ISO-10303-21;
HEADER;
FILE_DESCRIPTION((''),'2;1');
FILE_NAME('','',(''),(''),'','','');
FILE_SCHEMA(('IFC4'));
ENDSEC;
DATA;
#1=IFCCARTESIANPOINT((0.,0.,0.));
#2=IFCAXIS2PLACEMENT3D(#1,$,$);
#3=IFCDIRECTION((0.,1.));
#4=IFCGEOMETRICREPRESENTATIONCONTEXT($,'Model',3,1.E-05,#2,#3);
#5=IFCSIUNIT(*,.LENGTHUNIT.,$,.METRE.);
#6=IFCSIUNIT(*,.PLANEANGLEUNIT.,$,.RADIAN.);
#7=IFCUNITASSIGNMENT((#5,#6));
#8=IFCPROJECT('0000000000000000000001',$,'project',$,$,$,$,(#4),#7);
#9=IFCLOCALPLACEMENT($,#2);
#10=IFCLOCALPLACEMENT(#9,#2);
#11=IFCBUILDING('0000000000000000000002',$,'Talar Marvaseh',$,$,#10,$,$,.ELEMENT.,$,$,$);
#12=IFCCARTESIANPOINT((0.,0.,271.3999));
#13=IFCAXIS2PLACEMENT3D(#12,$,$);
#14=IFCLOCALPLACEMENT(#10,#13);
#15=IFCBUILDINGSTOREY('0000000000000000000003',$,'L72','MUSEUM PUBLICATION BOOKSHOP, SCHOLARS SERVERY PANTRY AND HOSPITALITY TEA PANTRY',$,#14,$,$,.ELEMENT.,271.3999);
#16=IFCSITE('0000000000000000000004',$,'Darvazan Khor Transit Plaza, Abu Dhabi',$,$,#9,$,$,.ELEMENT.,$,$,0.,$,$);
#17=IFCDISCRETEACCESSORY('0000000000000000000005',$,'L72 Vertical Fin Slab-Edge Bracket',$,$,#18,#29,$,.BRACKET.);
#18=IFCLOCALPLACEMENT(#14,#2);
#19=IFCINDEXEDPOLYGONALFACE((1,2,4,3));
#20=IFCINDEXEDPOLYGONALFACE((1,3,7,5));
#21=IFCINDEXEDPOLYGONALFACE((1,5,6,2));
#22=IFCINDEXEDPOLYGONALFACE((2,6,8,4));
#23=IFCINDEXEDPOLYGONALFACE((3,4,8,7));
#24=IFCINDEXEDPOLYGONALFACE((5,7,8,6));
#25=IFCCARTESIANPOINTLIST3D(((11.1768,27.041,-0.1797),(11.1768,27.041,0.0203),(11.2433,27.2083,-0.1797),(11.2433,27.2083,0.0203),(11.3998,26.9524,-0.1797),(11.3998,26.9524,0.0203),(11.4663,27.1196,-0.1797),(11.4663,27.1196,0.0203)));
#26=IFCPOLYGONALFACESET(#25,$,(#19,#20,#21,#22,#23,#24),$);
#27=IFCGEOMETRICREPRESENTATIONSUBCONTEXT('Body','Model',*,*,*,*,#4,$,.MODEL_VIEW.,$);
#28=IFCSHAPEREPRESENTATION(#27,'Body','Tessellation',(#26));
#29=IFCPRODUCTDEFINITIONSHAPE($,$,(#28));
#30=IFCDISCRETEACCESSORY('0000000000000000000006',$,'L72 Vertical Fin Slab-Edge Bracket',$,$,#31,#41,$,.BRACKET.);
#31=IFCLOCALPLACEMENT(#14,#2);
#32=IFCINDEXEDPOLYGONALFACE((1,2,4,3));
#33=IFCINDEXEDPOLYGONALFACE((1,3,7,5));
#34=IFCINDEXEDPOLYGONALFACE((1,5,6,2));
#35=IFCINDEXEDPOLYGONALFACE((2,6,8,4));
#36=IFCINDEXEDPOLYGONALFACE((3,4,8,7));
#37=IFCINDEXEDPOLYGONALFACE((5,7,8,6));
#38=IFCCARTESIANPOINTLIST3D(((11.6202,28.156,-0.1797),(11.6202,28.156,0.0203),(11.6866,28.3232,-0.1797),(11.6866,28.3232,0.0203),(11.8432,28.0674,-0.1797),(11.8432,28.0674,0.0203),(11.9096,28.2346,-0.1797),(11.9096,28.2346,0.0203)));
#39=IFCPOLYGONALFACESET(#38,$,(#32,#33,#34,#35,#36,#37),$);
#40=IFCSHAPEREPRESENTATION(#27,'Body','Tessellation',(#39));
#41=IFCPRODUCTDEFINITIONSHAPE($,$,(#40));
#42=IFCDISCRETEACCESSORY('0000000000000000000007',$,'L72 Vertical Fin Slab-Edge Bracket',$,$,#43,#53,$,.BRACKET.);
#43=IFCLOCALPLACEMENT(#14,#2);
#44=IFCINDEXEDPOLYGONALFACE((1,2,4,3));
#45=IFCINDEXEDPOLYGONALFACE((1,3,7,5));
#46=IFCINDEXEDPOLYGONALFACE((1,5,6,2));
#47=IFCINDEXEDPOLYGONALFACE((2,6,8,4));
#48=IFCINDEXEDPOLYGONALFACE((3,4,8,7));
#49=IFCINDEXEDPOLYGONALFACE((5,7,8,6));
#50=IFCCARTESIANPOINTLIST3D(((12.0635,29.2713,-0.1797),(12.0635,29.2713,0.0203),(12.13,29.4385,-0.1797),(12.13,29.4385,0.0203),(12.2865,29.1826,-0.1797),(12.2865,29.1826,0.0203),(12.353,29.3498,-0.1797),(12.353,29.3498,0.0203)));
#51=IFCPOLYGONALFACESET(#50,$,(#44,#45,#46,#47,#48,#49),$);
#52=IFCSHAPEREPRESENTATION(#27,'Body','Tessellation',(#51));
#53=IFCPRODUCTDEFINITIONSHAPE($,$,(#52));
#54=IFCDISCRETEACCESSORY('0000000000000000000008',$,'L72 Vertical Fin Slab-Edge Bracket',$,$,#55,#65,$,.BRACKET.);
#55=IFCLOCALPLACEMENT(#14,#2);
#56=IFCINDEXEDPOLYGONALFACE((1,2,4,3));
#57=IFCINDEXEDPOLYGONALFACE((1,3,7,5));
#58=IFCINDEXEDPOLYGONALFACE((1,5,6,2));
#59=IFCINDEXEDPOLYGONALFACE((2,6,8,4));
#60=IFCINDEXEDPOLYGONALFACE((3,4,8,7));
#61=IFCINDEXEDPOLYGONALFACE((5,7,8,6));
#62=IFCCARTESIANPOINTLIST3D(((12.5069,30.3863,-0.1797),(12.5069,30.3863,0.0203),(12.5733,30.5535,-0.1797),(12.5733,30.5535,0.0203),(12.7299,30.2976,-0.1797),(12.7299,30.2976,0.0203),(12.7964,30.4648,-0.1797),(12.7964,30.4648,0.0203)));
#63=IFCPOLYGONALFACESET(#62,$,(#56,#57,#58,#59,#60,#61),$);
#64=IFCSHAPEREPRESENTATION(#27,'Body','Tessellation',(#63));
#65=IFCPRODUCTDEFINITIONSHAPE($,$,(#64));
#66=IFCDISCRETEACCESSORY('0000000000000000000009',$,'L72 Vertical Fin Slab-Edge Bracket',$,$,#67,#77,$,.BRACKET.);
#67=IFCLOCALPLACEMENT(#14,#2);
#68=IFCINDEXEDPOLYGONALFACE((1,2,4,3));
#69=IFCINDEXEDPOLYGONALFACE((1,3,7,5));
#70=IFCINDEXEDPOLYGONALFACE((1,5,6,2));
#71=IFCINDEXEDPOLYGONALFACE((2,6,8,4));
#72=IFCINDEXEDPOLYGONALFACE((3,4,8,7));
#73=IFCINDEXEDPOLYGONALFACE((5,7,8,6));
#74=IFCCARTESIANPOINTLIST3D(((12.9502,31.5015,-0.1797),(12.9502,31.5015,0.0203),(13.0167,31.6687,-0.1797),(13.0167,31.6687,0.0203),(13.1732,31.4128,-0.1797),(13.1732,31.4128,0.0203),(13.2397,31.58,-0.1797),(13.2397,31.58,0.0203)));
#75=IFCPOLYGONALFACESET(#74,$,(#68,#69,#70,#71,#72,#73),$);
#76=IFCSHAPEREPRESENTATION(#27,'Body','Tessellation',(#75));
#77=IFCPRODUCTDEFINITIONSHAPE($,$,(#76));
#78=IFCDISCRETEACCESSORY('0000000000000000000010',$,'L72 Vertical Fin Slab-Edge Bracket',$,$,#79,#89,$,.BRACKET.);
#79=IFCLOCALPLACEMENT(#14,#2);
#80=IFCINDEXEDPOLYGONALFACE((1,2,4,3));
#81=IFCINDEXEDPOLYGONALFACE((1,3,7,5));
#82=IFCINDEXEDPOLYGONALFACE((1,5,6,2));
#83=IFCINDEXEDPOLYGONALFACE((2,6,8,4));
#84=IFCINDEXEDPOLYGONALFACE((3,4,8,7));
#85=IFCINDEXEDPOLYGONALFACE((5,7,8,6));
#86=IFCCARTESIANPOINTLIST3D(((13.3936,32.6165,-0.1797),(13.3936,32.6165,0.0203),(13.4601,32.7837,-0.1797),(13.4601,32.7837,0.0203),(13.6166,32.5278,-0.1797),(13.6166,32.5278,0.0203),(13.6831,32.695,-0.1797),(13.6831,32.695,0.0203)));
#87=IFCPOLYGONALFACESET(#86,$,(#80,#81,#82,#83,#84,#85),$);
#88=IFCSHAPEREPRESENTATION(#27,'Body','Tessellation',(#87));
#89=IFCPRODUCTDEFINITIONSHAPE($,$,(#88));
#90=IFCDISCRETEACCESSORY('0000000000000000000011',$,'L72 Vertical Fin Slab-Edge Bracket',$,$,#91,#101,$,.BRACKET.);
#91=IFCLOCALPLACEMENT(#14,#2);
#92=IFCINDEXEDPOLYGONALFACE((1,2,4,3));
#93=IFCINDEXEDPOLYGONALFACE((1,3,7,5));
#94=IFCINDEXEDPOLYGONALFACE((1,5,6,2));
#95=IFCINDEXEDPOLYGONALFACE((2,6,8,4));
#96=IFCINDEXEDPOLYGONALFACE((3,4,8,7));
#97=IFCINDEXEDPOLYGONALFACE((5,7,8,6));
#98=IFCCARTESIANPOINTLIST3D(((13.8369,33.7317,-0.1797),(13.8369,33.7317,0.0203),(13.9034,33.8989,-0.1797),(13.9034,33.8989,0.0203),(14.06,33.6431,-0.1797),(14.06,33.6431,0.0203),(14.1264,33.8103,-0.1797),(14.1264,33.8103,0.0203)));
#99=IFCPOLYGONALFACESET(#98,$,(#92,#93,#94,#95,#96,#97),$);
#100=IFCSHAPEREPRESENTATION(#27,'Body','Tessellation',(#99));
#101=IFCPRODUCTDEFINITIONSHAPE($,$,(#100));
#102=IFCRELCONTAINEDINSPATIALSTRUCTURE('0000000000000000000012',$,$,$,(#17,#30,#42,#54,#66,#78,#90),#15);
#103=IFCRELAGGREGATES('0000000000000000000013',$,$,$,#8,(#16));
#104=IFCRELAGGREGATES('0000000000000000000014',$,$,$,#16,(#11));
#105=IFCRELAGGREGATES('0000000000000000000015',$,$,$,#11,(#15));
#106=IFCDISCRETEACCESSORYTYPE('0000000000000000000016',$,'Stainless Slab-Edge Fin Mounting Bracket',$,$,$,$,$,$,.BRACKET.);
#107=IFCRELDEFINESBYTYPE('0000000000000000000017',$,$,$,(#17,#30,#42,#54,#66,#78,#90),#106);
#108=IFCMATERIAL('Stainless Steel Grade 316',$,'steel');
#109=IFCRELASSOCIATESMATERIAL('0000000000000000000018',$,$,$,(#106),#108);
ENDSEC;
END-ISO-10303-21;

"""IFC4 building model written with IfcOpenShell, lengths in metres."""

from ifc_helpers import new_model, si_unit, direction, frame, origin, origin_2d, place, context, subcontext, project, spatial, rectangle, extrude, source, transform, mapped, material, type_object, type_shapes, element, save


model = new_model("IFC4")

# Units and contexts
model_context = context("Model", 3, precision=1e-05, world=origin(), true_north=direction((0.0, 1.0)))
body_context = subcontext(model_context, "Body", "Model", "MODEL_VIEW")
ifc_project = project(units=[si_unit("LENGTHUNIT", "METRE"), si_unit("PLANEANGLEUNIT", "RADIAN")], contexts=[model_context])

# Site, building, storey
site_placement = place(None, origin())
site = spatial("IfcSite", under=ifc_project, at=site_placement, Name="Darvazan Khor Transit Plaza, Abu Dhabi", CompositionType="ELEMENT", RefElevation=0.0)
building_placement = place(site_placement, origin())
building = spatial("IfcBuilding", under=site, at=building_placement, Name="Talar Marvaseh", CompositionType="ELEMENT")
storey_placement = place(building_placement, frame((0.0, 0.0, 271.3999)))
storey = spatial("IfcBuildingStorey", under=building, at=storey_placement, Name="L72", Description="MUSEUM PUBLICATION BOOKSHOP, SCHOLARS SERVERY PANTRY AND HOSPITALITY TEA PANTRY", CompositionType="ELEMENT", Elevation=271.3999)

# Shared definitions
ifc_material_1 = material(Name="Stainless Steel Grade 316", Category="steel")

# Discrete accessories
discrete_accessory_type = type_object("IfcDiscreteAccessoryType", Name="Stainless Slab-Edge Fin Mounting Bracket", PredefinedType="BRACKET", material=ifc_material_1)
shared_shape_1 = source(origin(), body_context, "Body", "SweptSolid", [
    extrude(rectangle(XDim=0.24, YDim=0.1799, at=origin_2d()), origin(), (0.0, 0.0, 1.0), 0.2),
])
type_shapes(discrete_accessory_type, [shared_shape_1])
for number, where, z_axis, x_axis, name in (
    (1, (11.3215, 27.0803, -0.1797), (0.0, 0.0, 1.0), (-0.929262, 0.369422, 0.0), "L72 Vertical Fin Slab-Edge Bracket"),
    (2, (11.7649, 28.1953, -0.1797), (0.0, 0.0, 1.0), (-0.929262, 0.369422, 0.0), "L72 Vertical Fin Slab-Edge Bracket"),
    (3, (12.2083, 29.3105, -0.1797), (0.0, 0.0, 1.0), (-0.929262, 0.369422, 0.0), "L72 Vertical Fin Slab-Edge Bracket"),
    (4, (12.6516, 30.4255, -0.1797), (0.0, 0.0, 1.0), (-0.929262, 0.369422, 0.0), "L72 Vertical Fin Slab-Edge Bracket"),
    (5, (13.095, 31.5408, -0.1797), (0.0, 0.0, 1.0), (-0.929262, 0.369422, 0.0), "L72 Vertical Fin Slab-Edge Bracket"),
    (6, (13.5383, 32.6558, -0.1797), (0.0, 0.0, 1.0), (-0.929262, 0.369422, 0.0), "L72 Vertical Fin Slab-Edge Bracket"),
    (7, (13.9817, 33.771, -0.1797), (0.0, 0.0, 1.0), (-0.929262, 0.369422, 0.0), "L72 Vertical Fin Slab-Edge Bracket"),
):
    element("IfcDiscreteAccessory", number, at=place(storey_placement, frame(where, z_axis=z_axis, x_axis=x_axis)), inside=storey, type_object=discrete_accessory_type, Name=name, PredefinedType="BRACKET", context=body_context, shape_type="MappedRepresentation", body=[
        mapped(shared_shape_1, transform((0.0, 0.0, 0.0), x_axis=(1.0, 0.0, 0.0), y_axis=(0.0, 1.0, 0.0), z_axis=(0.0, 0.0, 1.0), scale=1.0)),
    ])

save(model, "model.ifc")
